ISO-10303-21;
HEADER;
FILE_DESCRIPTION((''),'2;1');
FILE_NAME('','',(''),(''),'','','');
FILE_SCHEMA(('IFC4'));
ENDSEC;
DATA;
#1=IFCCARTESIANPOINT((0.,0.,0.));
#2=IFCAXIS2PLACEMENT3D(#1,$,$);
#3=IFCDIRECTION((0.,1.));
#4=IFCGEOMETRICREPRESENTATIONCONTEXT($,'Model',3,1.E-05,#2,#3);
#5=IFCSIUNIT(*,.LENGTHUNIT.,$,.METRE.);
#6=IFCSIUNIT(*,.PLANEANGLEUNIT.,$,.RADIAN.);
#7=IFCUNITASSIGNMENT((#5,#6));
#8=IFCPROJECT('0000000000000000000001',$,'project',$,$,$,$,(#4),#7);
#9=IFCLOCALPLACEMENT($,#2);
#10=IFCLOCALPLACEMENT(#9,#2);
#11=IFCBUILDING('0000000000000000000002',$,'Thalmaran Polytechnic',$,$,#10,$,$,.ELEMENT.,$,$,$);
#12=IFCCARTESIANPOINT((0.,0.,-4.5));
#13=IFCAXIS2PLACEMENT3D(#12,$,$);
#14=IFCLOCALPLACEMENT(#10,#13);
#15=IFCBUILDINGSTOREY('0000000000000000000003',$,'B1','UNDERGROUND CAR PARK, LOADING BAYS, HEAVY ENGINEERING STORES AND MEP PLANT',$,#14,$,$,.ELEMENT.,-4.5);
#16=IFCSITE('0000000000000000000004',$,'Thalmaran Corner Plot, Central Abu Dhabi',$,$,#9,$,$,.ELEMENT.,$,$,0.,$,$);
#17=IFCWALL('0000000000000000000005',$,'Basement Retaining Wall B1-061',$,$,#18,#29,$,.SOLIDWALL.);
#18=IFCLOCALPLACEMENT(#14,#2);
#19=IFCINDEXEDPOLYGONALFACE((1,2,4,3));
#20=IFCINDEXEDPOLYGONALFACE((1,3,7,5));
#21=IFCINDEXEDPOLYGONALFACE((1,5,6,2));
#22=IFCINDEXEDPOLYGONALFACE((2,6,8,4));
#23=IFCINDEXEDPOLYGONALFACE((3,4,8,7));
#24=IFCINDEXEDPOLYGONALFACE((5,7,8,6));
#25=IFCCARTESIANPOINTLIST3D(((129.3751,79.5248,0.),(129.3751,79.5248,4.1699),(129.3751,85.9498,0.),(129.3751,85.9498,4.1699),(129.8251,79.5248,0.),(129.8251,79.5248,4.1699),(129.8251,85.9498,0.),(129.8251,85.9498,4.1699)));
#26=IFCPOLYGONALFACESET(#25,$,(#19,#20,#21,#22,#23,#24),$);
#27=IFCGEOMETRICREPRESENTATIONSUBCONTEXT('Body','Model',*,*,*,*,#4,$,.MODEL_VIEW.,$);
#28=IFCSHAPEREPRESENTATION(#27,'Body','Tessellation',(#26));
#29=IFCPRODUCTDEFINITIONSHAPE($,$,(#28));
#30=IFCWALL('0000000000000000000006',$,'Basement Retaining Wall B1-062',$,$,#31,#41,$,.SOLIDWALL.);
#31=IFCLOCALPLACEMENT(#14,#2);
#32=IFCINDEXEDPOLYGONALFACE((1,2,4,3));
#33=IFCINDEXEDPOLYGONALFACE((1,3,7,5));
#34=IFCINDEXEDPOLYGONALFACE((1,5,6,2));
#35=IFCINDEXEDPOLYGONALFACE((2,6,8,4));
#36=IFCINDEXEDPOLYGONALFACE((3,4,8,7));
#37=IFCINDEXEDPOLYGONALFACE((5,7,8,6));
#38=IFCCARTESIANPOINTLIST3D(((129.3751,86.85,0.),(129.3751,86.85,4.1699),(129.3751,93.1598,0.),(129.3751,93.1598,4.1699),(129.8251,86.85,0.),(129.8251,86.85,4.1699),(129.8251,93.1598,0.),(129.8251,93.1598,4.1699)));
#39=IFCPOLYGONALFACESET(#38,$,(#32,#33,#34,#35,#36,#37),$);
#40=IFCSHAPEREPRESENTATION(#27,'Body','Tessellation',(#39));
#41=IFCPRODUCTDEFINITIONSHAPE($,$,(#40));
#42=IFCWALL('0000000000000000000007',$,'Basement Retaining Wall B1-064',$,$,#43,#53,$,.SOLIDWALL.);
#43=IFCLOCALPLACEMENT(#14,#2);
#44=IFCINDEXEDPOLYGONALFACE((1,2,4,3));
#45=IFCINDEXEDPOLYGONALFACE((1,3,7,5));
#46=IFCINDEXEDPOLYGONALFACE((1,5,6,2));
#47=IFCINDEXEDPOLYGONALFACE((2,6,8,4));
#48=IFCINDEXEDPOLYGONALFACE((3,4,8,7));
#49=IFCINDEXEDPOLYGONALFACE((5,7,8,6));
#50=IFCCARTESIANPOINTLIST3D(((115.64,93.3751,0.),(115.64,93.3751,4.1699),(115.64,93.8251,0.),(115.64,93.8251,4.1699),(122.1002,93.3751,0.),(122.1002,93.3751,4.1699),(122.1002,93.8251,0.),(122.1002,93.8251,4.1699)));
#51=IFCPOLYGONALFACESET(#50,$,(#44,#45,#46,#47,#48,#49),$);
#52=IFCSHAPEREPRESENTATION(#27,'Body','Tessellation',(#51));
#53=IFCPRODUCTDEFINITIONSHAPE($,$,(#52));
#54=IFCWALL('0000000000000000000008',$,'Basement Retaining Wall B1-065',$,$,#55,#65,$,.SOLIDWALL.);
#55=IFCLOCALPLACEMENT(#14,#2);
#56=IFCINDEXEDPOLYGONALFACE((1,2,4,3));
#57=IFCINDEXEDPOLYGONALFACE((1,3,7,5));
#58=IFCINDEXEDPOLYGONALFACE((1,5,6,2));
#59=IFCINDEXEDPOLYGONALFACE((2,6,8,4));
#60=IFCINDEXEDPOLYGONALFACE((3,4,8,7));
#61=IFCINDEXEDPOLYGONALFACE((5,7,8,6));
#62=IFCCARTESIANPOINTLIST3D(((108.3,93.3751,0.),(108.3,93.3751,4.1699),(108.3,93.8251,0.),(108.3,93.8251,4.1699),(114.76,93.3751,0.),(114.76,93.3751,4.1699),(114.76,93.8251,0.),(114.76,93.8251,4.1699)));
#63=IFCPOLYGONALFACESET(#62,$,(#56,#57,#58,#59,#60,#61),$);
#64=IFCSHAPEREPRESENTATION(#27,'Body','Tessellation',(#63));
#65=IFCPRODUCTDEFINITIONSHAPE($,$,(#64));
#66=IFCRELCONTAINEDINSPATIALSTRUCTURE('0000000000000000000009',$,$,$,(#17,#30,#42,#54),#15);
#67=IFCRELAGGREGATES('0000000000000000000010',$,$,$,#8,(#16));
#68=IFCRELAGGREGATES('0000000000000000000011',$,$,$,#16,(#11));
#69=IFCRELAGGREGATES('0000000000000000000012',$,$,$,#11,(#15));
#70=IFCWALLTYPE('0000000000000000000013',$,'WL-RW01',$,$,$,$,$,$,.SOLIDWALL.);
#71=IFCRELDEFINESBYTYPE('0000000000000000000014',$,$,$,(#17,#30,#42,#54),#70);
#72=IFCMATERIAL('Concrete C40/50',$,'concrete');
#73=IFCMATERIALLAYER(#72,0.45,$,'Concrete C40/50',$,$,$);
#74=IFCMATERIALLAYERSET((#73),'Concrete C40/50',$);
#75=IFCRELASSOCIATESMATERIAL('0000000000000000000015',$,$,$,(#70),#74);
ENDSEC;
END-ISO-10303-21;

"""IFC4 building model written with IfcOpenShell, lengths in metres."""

from ifc_helpers import new_model, si_unit, direction, frame, frame_2d, origin, place, context, subcontext, project, spatial, rectangle, extrude, material, layer, layer_set, type_object, element, save


model = new_model("IFC4")

# Units and contexts
model_context = context("Model", 3, precision=1e-05, world=origin(), true_north=direction((0.0, 1.0)))
body_context = subcontext(model_context, "Body", "Model", "MODEL_VIEW")
ifc_project = project(units=[si_unit("LENGTHUNIT", "METRE"), si_unit("PLANEANGLEUNIT", "RADIAN")], contexts=[model_context])

# Site, building, storey
site_placement = place(None, origin())
site = spatial("IfcSite", under=ifc_project, at=site_placement, Name="Thalmaran Corner Plot, Central Abu Dhabi", CompositionType="ELEMENT", RefElevation=0.0)
building_placement = place(site_placement, origin())
building = spatial("IfcBuilding", under=site, at=building_placement, Name="Thalmaran Polytechnic", CompositionType="ELEMENT")
storey_placement = place(building_placement, frame((0.0, 0.0, -4.5)))
storey = spatial("IfcBuildingStorey", under=building, at=storey_placement, Name="B1", Description="UNDERGROUND CAR PARK, LOADING BAYS, HEAVY ENGINEERING STORES AND MEP PLANT", CompositionType="ELEMENT", Elevation=-4.5)

# Shared definitions
ifc_material_1 = material(Name="Concrete C40/50", Category="concrete")

# Walls
ifc_layer = layer(ifc_material_1, 0.45, Name="Concrete C40/50")
ifc_layer_set = layer_set([ifc_layer], Name="Concrete C40/50")
wall_type = type_object("IfcWallType", Name="WL-RW01", PredefinedType="SOLIDWALL", material=ifc_layer_set)
wall_1_placement = place(storey_placement, frame((129.6001, 79.5249, 0.0), z_axis=(0.0, 0.0, 1.0), x_axis=(0.0, 1.0, 0.0)))
element("IfcWall", 1, at=wall_1_placement, inside=storey, type_object=wall_type, Name="Basement Retaining Wall B1-061", PredefinedType="SOLIDWALL", context=body_context, shape_type="SweptSolid", body=[
    extrude(rectangle(XDim=6.425, YDim=0.45, at=frame_2d((3.2124, 0.0))), origin(), (0.0, 0.0, 1.0), 4.1699),
])
wall_2_placement = place(storey_placement, frame((129.6001, 86.8501, 0.0), z_axis=(0.0, 0.0, 1.0), x_axis=(0.0, 1.0, 0.0)))
element("IfcWall", 2, at=wall_2_placement, inside=storey, type_object=wall_type, Name="Basement Retaining Wall B1-062", PredefinedType="SOLIDWALL", context=body_context, shape_type="SweptSolid", body=[
    extrude(rectangle(XDim=6.3098, YDim=0.45, at=frame_2d((3.1548, 0.0))), origin(), (0.0, 0.0, 1.0), 4.1699),
])
wall_3_placement = place(storey_placement, frame((122.1001, 93.6001, 0.0), z_axis=(0.0, 0.0, 1.0), x_axis=(-1.0, 0.0, 0.0)))
element("IfcWall", 3, at=wall_3_placement, inside=storey, type_object=wall_type, Name="Basement Retaining Wall B1-064", PredefinedType="SOLIDWALL", context=body_context, shape_type="SweptSolid", body=[
    extrude(rectangle(XDim=6.4602, YDim=0.45, at=frame_2d((3.23, 0.0))), origin(), (0.0, 0.0, 1.0), 4.1699),
])
wall_4_placement = place(storey_placement, frame((114.76, 93.6001, 0.0), z_axis=(0.0, 0.0, 1.0), x_axis=(-1.0, 0.0, 0.0)))
element("IfcWall", 4, at=wall_4_placement, inside=storey, type_object=wall_type, Name="Basement Retaining Wall B1-065", PredefinedType="SOLIDWALL", context=body_context, shape_type="SweptSolid", body=[
    extrude(rectangle(XDim=6.46, YDim=0.45, at=frame_2d((3.23, 0.0))), origin(), (0.0, 0.0, 1.0), 4.1699),
])

save(model, "model.ifc")
